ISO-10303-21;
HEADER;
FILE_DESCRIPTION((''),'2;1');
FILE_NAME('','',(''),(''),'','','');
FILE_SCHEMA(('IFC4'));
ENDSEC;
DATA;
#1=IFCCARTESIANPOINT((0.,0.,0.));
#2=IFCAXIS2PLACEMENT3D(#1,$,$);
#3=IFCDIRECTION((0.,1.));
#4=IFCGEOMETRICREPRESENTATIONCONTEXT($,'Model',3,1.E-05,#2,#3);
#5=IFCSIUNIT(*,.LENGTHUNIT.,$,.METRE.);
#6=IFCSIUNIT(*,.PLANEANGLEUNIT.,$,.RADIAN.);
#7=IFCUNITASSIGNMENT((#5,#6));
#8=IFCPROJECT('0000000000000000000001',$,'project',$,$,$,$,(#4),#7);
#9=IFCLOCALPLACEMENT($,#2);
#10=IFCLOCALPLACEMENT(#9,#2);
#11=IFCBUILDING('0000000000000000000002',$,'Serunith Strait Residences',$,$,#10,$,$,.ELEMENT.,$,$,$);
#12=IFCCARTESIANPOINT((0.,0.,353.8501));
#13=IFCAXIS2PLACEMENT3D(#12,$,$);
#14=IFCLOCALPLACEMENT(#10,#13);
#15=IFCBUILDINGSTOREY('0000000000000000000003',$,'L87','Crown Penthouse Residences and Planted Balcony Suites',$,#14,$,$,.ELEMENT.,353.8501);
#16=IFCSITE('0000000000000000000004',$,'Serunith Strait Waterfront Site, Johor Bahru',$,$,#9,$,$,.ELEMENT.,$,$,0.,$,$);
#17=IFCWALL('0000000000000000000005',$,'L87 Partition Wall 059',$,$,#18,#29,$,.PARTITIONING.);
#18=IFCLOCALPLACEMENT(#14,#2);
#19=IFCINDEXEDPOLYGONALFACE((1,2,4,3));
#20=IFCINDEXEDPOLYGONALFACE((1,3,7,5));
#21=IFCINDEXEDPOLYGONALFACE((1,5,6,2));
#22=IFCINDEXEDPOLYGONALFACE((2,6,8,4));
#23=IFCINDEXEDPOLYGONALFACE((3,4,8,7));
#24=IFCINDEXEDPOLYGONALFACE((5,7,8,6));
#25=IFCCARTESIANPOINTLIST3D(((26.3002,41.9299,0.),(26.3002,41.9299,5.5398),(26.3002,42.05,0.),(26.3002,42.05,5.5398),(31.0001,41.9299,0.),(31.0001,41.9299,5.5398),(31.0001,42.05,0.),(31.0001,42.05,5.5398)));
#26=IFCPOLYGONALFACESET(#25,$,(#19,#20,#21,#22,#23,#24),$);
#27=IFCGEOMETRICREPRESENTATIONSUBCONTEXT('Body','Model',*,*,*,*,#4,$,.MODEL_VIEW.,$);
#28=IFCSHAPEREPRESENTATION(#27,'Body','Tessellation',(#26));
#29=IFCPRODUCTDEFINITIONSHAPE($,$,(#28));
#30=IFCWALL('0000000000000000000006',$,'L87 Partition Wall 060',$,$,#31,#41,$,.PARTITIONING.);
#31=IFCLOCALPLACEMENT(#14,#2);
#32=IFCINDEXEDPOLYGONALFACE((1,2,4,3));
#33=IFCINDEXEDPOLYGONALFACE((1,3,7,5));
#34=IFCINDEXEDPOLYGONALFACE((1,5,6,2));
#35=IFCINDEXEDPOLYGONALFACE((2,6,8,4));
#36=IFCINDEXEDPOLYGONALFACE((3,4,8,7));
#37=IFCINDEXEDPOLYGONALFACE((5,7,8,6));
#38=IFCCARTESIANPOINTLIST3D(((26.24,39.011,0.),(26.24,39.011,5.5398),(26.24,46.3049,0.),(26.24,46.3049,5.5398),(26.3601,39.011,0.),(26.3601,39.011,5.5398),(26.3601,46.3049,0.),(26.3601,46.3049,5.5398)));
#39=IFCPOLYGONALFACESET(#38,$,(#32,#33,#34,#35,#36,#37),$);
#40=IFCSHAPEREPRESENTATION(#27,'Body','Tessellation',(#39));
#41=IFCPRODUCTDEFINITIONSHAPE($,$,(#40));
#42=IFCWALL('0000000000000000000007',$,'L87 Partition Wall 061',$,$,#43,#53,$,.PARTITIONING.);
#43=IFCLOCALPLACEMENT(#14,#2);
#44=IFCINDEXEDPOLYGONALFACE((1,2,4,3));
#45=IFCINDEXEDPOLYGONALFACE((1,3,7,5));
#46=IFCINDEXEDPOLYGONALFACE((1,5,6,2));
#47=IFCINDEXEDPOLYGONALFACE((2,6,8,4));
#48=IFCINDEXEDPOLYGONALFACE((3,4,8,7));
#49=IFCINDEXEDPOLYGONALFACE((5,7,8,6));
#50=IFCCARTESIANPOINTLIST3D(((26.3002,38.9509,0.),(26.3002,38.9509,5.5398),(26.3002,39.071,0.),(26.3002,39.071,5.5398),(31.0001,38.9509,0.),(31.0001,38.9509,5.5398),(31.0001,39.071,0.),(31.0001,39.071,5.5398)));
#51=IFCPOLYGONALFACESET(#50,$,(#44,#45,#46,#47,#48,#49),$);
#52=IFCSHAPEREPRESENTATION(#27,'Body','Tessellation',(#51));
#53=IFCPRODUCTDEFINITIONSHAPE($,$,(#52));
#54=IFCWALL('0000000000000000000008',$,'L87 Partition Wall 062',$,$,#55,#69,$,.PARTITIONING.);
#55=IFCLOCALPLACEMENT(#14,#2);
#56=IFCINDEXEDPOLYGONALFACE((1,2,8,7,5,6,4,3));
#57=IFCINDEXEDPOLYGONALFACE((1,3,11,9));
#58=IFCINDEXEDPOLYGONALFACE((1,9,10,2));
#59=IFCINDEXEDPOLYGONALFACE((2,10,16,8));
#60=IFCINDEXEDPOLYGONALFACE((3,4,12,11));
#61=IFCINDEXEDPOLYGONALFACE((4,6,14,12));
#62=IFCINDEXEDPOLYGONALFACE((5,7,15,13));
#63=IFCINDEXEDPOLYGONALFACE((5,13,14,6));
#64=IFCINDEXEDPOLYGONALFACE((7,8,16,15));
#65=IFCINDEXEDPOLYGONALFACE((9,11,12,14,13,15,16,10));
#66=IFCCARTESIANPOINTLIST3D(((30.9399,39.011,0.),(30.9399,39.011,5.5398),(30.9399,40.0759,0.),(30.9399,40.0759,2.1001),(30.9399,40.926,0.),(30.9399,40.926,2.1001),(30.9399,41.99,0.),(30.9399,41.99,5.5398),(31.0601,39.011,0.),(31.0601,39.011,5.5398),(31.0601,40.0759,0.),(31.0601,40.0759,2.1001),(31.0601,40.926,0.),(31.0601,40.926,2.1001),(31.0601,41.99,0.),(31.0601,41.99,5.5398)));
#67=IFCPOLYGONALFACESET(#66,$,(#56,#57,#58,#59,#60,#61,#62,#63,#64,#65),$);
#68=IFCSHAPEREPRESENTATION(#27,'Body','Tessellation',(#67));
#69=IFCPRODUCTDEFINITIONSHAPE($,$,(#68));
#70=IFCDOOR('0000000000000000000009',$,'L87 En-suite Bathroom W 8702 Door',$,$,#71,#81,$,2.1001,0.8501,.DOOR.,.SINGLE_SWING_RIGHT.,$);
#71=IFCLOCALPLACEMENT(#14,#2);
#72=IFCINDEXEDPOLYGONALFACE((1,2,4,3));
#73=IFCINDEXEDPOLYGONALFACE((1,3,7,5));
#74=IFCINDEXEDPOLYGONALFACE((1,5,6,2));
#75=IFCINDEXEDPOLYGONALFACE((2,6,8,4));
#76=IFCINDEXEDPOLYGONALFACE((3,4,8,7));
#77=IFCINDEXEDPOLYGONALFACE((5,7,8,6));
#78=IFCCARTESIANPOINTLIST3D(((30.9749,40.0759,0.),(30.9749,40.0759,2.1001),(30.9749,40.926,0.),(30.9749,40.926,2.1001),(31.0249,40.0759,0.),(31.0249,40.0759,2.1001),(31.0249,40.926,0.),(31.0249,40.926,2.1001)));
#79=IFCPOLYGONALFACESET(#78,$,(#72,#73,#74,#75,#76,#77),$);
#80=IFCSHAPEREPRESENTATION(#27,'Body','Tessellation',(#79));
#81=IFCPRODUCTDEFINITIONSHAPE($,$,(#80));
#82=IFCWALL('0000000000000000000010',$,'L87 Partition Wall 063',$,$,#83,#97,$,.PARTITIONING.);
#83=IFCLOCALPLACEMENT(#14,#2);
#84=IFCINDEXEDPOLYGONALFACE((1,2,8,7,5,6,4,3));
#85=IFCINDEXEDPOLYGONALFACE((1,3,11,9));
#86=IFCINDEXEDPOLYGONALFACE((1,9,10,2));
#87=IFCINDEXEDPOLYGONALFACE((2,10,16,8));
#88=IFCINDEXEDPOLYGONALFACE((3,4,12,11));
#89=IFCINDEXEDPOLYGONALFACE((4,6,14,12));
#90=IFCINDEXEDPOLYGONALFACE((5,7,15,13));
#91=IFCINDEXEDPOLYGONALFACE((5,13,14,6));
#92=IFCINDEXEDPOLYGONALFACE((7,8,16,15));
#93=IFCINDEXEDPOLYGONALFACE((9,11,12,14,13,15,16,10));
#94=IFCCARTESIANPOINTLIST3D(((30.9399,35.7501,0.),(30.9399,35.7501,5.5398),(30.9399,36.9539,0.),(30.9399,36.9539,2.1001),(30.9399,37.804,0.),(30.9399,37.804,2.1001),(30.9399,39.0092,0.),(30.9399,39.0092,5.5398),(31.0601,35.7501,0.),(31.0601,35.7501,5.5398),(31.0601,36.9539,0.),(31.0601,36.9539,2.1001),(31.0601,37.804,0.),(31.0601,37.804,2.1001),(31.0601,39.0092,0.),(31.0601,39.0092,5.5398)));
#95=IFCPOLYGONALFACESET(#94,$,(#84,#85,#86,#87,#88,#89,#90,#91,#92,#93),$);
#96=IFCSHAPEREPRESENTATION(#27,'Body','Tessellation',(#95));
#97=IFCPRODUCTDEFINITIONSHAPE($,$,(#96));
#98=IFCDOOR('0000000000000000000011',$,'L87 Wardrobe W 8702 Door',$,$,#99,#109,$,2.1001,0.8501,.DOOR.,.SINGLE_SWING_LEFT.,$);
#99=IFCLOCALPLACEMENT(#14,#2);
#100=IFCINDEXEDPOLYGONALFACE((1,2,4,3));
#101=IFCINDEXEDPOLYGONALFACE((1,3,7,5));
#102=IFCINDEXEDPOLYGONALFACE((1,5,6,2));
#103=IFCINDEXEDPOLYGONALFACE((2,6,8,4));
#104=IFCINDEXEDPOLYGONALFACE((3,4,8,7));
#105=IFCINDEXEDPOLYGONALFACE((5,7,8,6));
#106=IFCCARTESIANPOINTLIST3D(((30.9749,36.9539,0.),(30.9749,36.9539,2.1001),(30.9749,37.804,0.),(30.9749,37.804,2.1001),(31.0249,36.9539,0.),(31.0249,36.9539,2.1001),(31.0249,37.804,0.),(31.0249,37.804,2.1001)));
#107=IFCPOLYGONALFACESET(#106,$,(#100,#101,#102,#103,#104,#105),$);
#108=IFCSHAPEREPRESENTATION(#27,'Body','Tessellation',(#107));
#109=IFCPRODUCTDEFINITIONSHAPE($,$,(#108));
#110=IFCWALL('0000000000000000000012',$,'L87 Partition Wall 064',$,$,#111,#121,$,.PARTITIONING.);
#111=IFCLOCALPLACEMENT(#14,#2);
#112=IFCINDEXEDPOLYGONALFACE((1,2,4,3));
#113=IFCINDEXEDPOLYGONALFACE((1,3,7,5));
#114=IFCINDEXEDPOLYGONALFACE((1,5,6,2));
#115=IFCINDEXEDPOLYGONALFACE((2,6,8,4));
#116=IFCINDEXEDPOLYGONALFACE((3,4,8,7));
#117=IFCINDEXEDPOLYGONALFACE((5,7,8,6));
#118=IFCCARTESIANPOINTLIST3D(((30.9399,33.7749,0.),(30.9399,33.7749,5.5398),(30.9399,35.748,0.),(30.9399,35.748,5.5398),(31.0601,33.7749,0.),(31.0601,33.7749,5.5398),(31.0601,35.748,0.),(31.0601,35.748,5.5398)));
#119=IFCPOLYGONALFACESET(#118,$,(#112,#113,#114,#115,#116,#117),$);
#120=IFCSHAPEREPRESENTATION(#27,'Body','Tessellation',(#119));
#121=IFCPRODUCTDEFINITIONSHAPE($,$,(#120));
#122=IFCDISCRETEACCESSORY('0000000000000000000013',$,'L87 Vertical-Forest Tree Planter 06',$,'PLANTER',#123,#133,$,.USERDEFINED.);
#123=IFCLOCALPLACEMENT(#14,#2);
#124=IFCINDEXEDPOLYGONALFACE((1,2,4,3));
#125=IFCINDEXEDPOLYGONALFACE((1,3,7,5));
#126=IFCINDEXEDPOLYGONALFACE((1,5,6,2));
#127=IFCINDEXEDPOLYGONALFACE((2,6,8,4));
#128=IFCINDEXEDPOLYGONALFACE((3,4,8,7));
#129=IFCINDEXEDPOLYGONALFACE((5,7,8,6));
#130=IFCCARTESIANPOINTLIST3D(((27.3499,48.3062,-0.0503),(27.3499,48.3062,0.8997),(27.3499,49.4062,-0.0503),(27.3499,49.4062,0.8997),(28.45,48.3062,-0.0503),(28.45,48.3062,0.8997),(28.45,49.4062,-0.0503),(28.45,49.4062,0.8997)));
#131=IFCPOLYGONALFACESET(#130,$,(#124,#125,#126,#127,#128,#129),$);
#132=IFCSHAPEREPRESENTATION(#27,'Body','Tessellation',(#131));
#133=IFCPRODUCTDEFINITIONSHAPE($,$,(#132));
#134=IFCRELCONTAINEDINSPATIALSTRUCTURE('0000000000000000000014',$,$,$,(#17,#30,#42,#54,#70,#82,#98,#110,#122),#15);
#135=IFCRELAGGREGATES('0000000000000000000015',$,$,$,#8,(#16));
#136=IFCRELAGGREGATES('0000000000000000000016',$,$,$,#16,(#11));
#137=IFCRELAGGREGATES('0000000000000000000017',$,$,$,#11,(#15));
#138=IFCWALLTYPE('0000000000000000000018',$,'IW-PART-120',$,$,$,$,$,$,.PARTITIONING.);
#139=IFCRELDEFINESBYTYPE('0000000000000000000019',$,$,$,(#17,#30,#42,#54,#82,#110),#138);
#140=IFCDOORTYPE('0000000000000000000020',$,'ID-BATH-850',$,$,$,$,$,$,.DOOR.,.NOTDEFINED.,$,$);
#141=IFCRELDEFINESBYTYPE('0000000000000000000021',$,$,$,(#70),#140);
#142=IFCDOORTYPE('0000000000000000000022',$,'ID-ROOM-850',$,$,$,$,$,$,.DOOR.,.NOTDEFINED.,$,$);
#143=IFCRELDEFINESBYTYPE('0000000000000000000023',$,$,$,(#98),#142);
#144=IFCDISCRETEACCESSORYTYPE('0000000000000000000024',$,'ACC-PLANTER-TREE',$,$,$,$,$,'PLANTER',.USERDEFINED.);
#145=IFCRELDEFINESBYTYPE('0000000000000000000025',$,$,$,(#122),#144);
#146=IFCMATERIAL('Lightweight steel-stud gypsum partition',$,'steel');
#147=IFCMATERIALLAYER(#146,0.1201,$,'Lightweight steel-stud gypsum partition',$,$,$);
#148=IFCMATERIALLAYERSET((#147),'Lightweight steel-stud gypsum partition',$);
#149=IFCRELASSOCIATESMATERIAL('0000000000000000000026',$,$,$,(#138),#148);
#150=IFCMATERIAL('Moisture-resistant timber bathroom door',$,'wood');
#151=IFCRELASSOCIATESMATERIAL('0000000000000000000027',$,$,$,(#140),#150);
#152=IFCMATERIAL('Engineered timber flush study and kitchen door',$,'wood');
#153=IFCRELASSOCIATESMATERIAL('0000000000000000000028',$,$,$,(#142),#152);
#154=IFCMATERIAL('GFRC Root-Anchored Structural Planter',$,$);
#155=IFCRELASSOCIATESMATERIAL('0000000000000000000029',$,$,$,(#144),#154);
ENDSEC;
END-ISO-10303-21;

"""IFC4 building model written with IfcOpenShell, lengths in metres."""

from ifc_helpers import new_model, si_unit, direction, frame, frame_2d, origin, origin_2d, place, context, subcontext, project, spatial, rectangle, extrude, source, transform, mapped, material, layer, layer_set, type_object, element, fill, save


model = new_model("IFC4")

# Units and contexts
model_context = context("Model", 3, precision=1e-05, world=origin(), true_north=direction((0.0, 1.0)))
body_context = subcontext(model_context, "Body", "Model", "MODEL_VIEW")
ifc_project = project(units=[si_unit("LENGTHUNIT", "METRE"), si_unit("PLANEANGLEUNIT", "RADIAN")], contexts=[model_context])

# Site, building, storey
site_placement = place(None, origin())
site = spatial("IfcSite", under=ifc_project, at=site_placement, Name="Serunith Strait Waterfront Site, Johor Bahru", CompositionType="ELEMENT", RefElevation=0.0)
building_placement = place(site_placement, origin())
building = spatial("IfcBuilding", under=site, at=building_placement, Name="Serunith Strait Residences", CompositionType="ELEMENT")
storey_placement = place(building_placement, frame((0.0, 0.0, 353.8501)))
storey = spatial("IfcBuildingStorey", under=building, at=storey_placement, Name="L87", Description="Crown Penthouse Residences and Planted Balcony Suites", CompositionType="ELEMENT", Elevation=353.8501)

# Shared definitions
ifc_material_1 = material(Name="Lightweight steel-stud gypsum partition", Category="steel")
ifc_layer_1 = layer(ifc_material_1, 0.1201, Name="Lightweight steel-stud gypsum partition")
ifc_layer_set_1 = layer_set([ifc_layer_1], Name="Lightweight steel-stud gypsum partition")
wall_type = type_object("IfcWallType", Name="IW-PART-120", PredefinedType="PARTITIONING", material=ifc_layer_set_1)

# Walls
wall_1_placement = place(storey_placement, frame((26.3, 41.99, 0.0), z_axis=(0.0, 0.0, 1.0), x_axis=(1.0, 0.0, 0.0)))
element("IfcWall", 1, at=wall_1_placement, inside=storey, type_object=wall_type, Name="L87 Partition Wall 059", PredefinedType="PARTITIONING", context=body_context, shape_type="SweptSolid", body=[
    extrude(rectangle(XDim=4.7, YDim=0.1201, at=frame_2d((2.3501, 0.0))), origin(), (0.0, 0.0, 1.0), 5.5398),
])
wall_2_placement = place(storey_placement, frame((26.3, 46.3049, 0.0), z_axis=(0.0, 0.0, 1.0), x_axis=(0.0, -1.0, 0.0)))
element("IfcWall", 2, at=wall_2_placement, inside=storey, type_object=wall_type, Name="L87 Partition Wall 060", PredefinedType="PARTITIONING", context=body_context, shape_type="SweptSolid", body=[
    extrude(rectangle(XDim=7.2939, YDim=0.1201, at=frame_2d((3.647, 0.0))), origin(), (0.0, 0.0, 1.0), 5.5398),
])
wall_3_placement = place(storey_placement, frame((26.3, 39.011, 0.0), z_axis=(0.0, 0.0, 1.0), x_axis=(1.0, 0.0, 0.0)))
element("IfcWall", 3, at=wall_3_placement, inside=storey, type_object=wall_type, Name="L87 Partition Wall 061", PredefinedType="PARTITIONING", context=body_context, shape_type="SweptSolid", body=[
    extrude(rectangle(XDim=4.7, YDim=0.1201, at=frame_2d((2.3501, 0.0))), origin(), (0.0, 0.0, 1.0), 5.5398),
])

# Walls, openings, doors
wall_4_placement = place(storey_placement, frame((31.0, 41.99, 0.0), z_axis=(0.0, 0.0, 1.0), x_axis=(0.0, -1.0, 0.0)))
wall_4 = element("IfcWall", 4, at=wall_4_placement, inside=storey, type_object=wall_type, Name="L87 Partition Wall 062", PredefinedType="PARTITIONING", context=body_context, shape_type="SweptSolid", body=[
    extrude(rectangle(XDim=2.979, YDim=0.1201, at=frame_2d((1.4895, 0.0))), origin(), (0.0, 0.0, 1.0), 5.5398),
])
opening_1_placement = place(wall_4_placement, frame((1.064, 0.0, 0.0)))
opening_1 = element("IfcOpeningElement", 5, at=opening_1_placement, cuts=wall_4, PredefinedType="OPENING", context=body_context, shape_type="SweptSolid", body=[
    extrude(rectangle(XDim=0.8501, YDim=2.1001, at=frame_2d((0.425, 1.05))), frame((0.0, 0.0701, 0.0), z_axis=(0.0, -1.0, 0.0), x_axis=(1.0, 0.0, 0.0)), (0.0, 0.0, 1.0), 0.1401),
])
ifc_material_2 = material(Name="Moisture-resistant timber bathroom door", Category="wood")
door_type_1 = type_object("IfcDoorType", Name="ID-BATH-850", OperationType="NOTDEFINED", PredefinedType="DOOR", material=ifc_material_2)
shared_shape_1 = source(origin(), body_context, "Body", "SweptSolid", [
    extrude(rectangle(XDim=0.8501, YDim=2.1001, at=frame_2d((0.425, 1.05))), frame((0.0, 0.0249, 0.0), z_axis=(0.0, -1.0, 0.0), x_axis=(1.0, 0.0, 0.0)), (0.0, 0.0, 1.0), 0.05),
])
door_1_placement = place(opening_1_placement, origin())
door_1 = element("IfcDoor", 6, at=door_1_placement, inside=storey, type_object=door_type_1, Name="L87 En-suite Bathroom W 8702 Door", OperationType="SINGLE_SWING_RIGHT", OverallHeight=2.1001, OverallWidth=0.8501, PredefinedType="DOOR", context=body_context, shape_type="MappedRepresentation", body=[
    mapped(shared_shape_1, transform((0.0, 0.0, 0.0), scale=1.0)),
])
fill(opening_1, door_1)
wall_5_placement = place(storey_placement, frame((31.0, 39.009, 0.0), z_axis=(0.0, 0.0, 1.0), x_axis=(0.0, -1.0, 0.0)))
wall_5 = element("IfcWall", 7, at=wall_5_placement, inside=storey, type_object=wall_type, Name="L87 Partition Wall 063", PredefinedType="PARTITIONING", context=body_context, shape_type="SweptSolid", body=[
    extrude(rectangle(XDim=3.259, YDim=0.1201, at=frame_2d((1.6294, 0.0))), origin(), (0.0, 0.0, 1.0), 5.5398),
])
opening_2_placement = place(wall_5_placement, frame((1.2051, 0.0, 0.0)))
opening_2 = element("IfcOpeningElement", 8, at=opening_2_placement, cuts=wall_5, PredefinedType="OPENING", context=body_context, shape_type="SweptSolid", body=[
    extrude(rectangle(XDim=0.8501, YDim=2.1001, at=frame_2d((0.425, 1.05))), frame((0.0, 0.0701, 0.0), z_axis=(0.0, -1.0, 0.0), x_axis=(1.0, 0.0, 0.0)), (0.0, 0.0, 1.0), 0.1401),
])
ifc_material_3 = material(Name="Engineered timber flush study and kitchen door", Category="wood")
door_type_2 = type_object("IfcDoorType", Name="ID-ROOM-850", OperationType="NOTDEFINED", PredefinedType="DOOR", material=ifc_material_3)
door_2_placement = place(opening_2_placement, origin())
door_2 = element("IfcDoor", 9, at=door_2_placement, inside=storey, type_object=door_type_2, Name="L87 Wardrobe W 8702 Door", OperationType="SINGLE_SWING_LEFT", OverallHeight=2.1001, OverallWidth=0.8501, PredefinedType="DOOR", context=body_context, shape_type="MappedRepresentation", body=[
    mapped(shared_shape_1, transform((0.0, 0.0, 0.0), scale=1.0)),
])
fill(opening_2, door_2)

# Wall
wall_6_placement = place(storey_placement, frame((31.0, 35.748, 0.0), z_axis=(0.0, 0.0, 1.0), x_axis=(0.0, -1.0, 0.0)))
element("IfcWall", 10, at=wall_6_placement, inside=storey, type_object=wall_type, Name="L87 Partition Wall 064", PredefinedType="PARTITIONING", context=body_context, shape_type="SweptSolid", body=[
    extrude(rectangle(XDim=1.9731, YDim=0.1201, at=frame_2d((0.9866, 0.0))), origin(), (0.0, 0.0, 1.0), 5.5398),
])

# Discrete accessory
ifc_material_4 = material(Name="GFRC Root-Anchored Structural Planter")
discrete_accessory_type = type_object("IfcDiscreteAccessoryType", Name="ACC-PLANTER-TREE", ElementType="PLANTER", PredefinedType="USERDEFINED", material=ifc_material_4)
shared_shape_2 = source(origin(), body_context, "Body", "SweptSolid", [
    extrude(rectangle(XDim=1.1001, YDim=1.1001, at=origin_2d()), origin(), (0.0, 0.0, 1.0), 0.95),
])
discrete_accessory_placement = place(storey_placement, frame((27.8999, 48.8562, -0.0503), z_axis=(0.0, 0.0, 1.0), x_axis=(-1.0, 0.0, 0.0)))
element("IfcDiscreteAccessory", 11, at=discrete_accessory_placement, inside=storey, type_object=discrete_accessory_type, Name="L87 Vertical-Forest Tree Planter 06", ObjectType="PLANTER", PredefinedType="USERDEFINED", context=body_context, shape_type="MappedRepresentation", body=[
    mapped(shared_shape_2, transform((0.0, 0.0, 0.0), scale=1.0)),
])

save(model, "model.ifc")
